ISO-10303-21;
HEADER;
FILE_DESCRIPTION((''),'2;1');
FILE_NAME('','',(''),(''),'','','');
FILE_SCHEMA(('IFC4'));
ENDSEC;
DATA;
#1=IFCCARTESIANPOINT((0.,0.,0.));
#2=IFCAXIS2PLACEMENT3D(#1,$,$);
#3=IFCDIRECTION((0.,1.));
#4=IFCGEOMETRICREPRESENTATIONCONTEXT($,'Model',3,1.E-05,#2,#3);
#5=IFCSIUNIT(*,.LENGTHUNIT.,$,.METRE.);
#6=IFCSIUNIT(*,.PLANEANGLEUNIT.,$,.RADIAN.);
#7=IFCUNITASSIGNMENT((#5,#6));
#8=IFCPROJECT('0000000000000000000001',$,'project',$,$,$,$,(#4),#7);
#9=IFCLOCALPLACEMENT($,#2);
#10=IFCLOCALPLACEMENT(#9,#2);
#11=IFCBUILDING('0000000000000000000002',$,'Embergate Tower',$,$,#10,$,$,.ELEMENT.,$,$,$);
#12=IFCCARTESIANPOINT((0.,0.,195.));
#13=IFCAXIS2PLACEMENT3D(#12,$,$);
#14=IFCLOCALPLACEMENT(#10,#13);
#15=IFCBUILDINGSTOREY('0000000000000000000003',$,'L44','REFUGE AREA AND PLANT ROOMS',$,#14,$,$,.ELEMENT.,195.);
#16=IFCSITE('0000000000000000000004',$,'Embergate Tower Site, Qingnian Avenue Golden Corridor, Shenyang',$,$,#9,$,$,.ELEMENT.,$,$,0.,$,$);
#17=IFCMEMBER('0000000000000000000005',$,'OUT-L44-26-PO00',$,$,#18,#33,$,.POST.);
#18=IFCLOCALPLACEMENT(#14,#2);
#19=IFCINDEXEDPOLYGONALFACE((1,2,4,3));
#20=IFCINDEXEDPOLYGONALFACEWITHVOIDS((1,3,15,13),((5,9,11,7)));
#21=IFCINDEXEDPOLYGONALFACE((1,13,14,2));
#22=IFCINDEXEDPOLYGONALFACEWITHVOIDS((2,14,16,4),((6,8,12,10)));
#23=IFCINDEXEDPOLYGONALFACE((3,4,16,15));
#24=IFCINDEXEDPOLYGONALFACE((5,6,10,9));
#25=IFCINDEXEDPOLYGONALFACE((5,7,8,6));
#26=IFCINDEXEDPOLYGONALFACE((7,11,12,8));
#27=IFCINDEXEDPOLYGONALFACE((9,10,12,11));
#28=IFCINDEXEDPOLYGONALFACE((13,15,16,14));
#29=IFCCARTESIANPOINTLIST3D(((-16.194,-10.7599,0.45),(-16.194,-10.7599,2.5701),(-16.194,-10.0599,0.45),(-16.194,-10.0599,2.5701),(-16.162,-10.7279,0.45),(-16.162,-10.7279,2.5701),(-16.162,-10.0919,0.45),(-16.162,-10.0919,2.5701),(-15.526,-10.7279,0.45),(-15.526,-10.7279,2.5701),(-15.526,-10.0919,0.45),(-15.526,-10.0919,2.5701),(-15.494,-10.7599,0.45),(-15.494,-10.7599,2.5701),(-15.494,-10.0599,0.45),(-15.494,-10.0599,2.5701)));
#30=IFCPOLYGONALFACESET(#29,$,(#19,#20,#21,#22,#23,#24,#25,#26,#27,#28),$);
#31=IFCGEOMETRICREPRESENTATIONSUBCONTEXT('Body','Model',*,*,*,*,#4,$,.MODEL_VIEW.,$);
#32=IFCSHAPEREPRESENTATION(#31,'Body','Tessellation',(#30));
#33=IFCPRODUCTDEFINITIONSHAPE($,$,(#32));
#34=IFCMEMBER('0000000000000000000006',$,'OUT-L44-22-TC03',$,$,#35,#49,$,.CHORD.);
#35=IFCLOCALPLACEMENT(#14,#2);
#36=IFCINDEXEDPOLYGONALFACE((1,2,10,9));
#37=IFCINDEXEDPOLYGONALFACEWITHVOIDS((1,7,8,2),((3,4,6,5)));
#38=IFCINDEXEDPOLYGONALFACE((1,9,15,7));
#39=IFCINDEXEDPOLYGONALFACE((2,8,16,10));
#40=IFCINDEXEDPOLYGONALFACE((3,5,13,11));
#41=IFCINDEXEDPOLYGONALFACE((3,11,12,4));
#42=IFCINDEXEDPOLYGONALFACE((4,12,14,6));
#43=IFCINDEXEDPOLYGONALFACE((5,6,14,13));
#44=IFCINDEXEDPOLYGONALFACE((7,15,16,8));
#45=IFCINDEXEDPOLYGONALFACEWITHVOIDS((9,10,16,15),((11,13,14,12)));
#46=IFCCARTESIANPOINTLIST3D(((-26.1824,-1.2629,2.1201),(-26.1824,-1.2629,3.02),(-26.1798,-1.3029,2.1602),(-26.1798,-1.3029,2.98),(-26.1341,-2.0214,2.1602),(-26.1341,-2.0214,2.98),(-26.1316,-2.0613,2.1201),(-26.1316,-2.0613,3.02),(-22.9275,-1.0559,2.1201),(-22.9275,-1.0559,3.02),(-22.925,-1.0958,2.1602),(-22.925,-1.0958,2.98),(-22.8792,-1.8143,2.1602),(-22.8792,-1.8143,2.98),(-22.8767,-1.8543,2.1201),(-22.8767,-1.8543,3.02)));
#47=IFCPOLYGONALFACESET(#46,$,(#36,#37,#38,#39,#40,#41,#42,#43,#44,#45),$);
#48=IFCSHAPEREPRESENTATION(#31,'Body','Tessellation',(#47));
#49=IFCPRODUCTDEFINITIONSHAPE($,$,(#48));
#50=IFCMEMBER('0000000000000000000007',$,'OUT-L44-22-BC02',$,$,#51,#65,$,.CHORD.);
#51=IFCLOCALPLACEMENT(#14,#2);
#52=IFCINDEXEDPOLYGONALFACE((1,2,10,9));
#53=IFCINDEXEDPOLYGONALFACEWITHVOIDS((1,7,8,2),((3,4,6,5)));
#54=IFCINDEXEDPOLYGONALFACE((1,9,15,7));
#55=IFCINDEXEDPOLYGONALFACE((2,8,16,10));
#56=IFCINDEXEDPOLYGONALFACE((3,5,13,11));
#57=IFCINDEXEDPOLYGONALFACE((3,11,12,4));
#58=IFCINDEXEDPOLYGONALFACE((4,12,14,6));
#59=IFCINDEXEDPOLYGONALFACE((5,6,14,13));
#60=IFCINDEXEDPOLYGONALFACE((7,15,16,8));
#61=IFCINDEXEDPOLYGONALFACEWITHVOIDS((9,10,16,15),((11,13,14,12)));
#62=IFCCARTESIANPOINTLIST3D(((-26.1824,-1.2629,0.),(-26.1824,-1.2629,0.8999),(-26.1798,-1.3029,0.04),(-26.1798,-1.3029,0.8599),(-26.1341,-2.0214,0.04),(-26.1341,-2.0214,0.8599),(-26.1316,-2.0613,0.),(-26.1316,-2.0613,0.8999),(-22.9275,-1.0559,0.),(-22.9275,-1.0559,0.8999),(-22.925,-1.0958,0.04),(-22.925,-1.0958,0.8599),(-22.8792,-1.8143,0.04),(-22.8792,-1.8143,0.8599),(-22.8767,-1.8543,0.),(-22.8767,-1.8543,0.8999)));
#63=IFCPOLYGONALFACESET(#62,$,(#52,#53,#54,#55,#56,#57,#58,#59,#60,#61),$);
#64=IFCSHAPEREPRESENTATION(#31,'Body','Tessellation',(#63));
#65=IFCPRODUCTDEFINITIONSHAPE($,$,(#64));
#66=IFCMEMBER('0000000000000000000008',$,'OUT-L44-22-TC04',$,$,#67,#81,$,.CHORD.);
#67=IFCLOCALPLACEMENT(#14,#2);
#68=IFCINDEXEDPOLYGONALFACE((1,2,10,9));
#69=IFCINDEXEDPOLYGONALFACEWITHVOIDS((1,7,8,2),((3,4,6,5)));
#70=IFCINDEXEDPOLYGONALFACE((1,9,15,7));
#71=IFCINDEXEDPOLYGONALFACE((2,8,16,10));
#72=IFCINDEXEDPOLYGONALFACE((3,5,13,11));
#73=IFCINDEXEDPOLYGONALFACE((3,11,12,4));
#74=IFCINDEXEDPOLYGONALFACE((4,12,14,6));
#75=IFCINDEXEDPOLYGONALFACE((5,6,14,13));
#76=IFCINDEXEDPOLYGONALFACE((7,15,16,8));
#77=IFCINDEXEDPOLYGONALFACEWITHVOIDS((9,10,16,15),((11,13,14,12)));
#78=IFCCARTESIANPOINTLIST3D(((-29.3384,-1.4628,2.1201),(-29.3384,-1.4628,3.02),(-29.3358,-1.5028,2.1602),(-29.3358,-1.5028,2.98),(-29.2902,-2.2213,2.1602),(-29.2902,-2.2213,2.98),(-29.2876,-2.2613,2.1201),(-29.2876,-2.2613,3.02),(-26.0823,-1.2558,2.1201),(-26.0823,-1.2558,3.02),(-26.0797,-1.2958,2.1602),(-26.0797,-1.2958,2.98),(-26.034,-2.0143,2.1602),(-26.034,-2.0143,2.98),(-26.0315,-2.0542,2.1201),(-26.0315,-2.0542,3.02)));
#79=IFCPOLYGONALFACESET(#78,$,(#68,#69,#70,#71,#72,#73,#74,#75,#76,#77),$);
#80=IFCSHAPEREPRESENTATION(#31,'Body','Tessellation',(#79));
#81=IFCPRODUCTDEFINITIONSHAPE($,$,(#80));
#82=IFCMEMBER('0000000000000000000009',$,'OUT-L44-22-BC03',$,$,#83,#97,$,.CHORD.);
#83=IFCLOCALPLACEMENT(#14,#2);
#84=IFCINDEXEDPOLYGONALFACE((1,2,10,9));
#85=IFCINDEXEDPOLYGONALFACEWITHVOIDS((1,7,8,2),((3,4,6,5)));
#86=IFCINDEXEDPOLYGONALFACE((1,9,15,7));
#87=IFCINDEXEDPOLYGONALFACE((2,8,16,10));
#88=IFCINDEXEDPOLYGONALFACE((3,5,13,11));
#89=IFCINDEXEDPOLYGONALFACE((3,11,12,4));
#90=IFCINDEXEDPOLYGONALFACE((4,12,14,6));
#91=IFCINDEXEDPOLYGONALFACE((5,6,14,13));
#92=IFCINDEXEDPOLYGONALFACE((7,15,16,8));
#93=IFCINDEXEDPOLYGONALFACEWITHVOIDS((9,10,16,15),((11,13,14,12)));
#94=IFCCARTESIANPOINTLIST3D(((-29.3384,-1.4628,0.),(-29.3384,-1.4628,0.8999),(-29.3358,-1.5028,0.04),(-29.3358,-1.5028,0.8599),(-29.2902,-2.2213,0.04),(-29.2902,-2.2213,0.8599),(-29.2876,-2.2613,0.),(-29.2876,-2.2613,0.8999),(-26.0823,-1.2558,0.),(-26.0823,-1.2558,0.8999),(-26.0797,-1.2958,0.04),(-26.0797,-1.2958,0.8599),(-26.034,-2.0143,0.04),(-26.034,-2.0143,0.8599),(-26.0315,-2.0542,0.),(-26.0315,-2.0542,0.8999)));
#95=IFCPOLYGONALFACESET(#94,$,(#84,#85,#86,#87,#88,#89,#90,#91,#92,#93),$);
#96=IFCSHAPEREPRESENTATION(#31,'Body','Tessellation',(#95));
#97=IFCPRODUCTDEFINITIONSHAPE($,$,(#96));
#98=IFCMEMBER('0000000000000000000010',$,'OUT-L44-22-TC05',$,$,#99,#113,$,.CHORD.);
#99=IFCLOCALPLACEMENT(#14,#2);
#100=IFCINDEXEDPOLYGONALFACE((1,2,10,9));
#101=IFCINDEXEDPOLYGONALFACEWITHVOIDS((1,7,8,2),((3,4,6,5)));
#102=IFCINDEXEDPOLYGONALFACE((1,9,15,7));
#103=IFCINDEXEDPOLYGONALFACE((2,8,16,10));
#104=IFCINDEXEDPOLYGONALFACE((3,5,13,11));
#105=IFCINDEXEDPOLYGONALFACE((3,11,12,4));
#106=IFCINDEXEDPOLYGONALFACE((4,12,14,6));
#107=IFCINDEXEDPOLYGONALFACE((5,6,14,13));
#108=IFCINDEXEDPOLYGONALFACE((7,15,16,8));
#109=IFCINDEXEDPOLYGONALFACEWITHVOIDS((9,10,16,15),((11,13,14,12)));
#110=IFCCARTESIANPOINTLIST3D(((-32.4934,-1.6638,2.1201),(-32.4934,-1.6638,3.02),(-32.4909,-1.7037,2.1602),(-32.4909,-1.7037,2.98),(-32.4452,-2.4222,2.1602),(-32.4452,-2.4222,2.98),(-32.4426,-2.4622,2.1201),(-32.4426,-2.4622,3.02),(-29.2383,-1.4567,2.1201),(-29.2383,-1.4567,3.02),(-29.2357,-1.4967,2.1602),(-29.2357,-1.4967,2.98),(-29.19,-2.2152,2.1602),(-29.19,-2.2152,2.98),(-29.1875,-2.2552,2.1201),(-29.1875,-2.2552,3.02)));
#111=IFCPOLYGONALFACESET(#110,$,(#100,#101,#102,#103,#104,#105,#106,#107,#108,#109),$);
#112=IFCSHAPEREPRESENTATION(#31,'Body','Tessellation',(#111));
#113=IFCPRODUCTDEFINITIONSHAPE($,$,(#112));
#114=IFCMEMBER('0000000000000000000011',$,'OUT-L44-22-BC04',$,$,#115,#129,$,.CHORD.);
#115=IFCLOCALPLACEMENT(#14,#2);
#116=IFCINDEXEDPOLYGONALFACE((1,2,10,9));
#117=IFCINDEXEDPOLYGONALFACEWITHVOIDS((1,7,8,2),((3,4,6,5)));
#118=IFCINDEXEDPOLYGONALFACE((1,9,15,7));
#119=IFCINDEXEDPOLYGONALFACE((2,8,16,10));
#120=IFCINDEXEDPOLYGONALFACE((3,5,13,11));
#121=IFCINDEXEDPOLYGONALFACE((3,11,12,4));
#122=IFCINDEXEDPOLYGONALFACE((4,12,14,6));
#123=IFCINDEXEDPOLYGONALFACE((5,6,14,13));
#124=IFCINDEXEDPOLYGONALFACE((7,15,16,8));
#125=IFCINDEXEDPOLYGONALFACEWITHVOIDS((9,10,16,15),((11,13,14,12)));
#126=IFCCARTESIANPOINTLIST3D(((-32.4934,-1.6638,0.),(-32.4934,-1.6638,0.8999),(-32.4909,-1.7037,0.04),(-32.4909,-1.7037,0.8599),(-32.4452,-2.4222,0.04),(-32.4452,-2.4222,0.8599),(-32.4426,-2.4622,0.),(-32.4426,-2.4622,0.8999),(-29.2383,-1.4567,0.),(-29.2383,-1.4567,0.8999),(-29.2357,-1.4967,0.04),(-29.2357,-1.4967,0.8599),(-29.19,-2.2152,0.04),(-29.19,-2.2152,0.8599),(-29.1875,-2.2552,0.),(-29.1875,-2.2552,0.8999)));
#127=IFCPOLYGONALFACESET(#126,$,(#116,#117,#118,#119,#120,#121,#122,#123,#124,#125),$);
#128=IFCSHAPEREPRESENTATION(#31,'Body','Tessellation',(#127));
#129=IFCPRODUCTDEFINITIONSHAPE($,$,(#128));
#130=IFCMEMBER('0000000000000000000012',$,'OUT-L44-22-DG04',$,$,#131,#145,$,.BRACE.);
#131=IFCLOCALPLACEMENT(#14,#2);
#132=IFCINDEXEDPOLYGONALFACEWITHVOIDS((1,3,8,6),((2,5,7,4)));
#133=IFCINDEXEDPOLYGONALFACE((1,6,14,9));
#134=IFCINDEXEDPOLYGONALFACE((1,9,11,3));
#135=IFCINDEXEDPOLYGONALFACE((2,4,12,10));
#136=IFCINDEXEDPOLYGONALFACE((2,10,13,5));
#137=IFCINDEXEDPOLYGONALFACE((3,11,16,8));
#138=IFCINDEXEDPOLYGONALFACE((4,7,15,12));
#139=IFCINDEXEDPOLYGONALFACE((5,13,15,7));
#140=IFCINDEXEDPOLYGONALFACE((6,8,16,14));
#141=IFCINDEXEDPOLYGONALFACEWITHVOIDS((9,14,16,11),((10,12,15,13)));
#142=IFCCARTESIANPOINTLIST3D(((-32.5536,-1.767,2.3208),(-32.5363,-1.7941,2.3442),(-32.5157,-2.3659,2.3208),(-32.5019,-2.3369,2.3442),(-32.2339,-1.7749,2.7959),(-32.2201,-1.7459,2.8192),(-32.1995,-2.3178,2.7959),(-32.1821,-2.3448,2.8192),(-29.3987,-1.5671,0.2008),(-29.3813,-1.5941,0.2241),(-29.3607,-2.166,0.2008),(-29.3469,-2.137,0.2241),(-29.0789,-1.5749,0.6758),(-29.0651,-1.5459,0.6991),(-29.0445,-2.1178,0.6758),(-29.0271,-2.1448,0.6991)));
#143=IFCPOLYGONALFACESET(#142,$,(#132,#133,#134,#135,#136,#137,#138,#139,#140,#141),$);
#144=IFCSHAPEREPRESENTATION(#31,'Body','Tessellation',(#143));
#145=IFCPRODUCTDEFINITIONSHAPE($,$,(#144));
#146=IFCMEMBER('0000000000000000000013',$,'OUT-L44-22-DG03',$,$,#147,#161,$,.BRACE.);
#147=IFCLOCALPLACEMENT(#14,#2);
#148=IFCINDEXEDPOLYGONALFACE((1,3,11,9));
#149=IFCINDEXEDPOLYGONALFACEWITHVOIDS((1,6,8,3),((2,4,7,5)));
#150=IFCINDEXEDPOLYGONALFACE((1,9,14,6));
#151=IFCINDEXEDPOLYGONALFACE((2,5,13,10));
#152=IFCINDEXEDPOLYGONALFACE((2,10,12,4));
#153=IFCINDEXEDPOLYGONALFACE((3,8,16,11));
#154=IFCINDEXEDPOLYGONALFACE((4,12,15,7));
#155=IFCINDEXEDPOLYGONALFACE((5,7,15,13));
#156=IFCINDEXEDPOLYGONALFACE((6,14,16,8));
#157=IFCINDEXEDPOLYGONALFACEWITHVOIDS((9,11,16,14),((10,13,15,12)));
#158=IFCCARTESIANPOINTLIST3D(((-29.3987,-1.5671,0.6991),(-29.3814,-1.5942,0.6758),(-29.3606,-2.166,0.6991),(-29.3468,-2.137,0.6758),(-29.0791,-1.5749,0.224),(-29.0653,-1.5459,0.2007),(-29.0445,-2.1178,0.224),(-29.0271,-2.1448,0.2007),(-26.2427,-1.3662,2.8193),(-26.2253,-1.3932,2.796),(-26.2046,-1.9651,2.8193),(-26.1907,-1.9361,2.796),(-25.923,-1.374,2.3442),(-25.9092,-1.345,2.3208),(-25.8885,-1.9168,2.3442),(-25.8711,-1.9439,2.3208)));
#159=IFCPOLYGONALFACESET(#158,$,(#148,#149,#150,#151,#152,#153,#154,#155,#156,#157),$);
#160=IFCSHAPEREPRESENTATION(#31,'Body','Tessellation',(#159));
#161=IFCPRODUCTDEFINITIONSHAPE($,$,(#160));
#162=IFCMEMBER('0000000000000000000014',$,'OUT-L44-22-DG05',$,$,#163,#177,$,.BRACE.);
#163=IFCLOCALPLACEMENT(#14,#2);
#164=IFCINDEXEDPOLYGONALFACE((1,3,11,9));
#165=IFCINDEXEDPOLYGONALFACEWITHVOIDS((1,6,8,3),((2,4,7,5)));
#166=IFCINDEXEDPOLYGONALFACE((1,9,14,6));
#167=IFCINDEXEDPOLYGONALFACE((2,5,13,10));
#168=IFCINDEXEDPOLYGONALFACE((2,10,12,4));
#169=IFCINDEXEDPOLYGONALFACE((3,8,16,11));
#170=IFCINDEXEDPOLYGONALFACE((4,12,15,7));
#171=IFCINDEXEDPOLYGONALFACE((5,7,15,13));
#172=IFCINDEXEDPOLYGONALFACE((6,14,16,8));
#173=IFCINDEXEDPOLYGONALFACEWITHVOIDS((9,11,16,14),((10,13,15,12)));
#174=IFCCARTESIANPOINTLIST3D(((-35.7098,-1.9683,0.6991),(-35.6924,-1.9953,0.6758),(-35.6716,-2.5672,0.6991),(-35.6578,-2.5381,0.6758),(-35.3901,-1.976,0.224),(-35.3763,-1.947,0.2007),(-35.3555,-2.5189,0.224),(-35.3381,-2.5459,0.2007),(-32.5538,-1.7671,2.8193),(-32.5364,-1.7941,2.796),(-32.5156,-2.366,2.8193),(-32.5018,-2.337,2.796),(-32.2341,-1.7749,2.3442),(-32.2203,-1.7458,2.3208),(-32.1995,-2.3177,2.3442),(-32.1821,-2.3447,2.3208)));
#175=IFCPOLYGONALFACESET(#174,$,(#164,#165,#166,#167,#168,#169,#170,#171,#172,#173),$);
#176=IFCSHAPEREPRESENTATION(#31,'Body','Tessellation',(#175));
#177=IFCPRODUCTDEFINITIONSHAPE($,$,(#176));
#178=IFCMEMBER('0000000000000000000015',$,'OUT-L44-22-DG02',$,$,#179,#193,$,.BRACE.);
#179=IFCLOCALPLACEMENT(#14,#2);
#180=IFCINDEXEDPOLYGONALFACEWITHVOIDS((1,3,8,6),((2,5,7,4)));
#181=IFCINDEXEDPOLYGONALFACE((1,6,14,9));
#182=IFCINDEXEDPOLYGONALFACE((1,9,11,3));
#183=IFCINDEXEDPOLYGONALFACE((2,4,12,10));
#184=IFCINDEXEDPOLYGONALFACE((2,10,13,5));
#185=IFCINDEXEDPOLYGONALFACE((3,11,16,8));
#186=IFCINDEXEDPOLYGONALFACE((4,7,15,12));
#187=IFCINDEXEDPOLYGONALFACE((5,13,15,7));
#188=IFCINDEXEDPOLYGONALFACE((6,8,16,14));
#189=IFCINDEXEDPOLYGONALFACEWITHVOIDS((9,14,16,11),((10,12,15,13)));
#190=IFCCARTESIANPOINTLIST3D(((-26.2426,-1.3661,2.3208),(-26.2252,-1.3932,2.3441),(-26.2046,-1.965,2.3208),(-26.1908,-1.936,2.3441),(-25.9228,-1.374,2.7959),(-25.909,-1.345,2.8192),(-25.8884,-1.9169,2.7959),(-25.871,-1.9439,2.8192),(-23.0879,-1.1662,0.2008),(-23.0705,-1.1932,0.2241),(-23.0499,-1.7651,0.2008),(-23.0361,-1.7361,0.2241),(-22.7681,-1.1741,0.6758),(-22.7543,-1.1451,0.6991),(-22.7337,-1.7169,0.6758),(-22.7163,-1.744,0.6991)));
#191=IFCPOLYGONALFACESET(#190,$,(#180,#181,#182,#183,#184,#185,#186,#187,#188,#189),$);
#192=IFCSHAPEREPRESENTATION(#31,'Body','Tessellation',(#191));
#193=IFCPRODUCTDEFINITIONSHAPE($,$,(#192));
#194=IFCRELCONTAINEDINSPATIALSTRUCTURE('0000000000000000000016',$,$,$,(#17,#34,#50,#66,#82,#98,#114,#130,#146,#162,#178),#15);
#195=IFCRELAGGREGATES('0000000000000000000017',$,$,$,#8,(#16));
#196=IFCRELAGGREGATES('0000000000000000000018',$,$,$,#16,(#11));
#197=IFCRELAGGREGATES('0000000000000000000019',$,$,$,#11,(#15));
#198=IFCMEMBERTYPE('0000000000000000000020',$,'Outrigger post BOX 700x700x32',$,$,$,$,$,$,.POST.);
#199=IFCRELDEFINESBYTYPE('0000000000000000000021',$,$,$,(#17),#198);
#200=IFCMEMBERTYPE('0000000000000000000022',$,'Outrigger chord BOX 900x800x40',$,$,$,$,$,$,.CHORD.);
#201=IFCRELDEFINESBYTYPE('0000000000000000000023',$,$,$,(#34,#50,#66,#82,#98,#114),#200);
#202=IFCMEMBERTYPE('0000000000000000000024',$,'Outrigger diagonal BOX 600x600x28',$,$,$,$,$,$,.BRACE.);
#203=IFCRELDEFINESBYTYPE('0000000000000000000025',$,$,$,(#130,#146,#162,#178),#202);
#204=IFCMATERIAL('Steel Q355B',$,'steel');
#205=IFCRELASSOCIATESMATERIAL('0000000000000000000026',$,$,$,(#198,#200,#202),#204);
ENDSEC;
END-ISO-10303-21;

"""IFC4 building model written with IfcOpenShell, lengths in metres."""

from ifc_helpers import new_model, si_unit, direction, frame, origin, origin_2d, place, context, subcontext, project, spatial, hollow_rectangle, extrude, source, transform, mapped, material, material_profile, profile_set, type_object, element, save


model = new_model("IFC4")

# Units and contexts
model_context = context("Model", 3, precision=1e-05, world=origin(), true_north=direction((0.0, 1.0)))
body_context = subcontext(model_context, "Body", "Model", "MODEL_VIEW")
ifc_project = project(units=[si_unit("LENGTHUNIT", "METRE"), si_unit("PLANEANGLEUNIT", "RADIAN")], contexts=[model_context])

# Site, building, storey
site_placement = place(None, origin())
site = spatial("IfcSite", under=ifc_project, at=site_placement, Name="Embergate Tower Site, Qingnian Avenue Golden Corridor, Shenyang", CompositionType="ELEMENT", RefElevation=0.0)
building_placement = place(site_placement, origin())
building = spatial("IfcBuilding", under=site, at=building_placement, Name="Embergate Tower", CompositionType="ELEMENT")
storey_placement = place(building_placement, frame((0.0, 0.0, 195.0)))
storey = spatial("IfcBuildingStorey", under=building, at=storey_placement, Name="L44", Description="REFUGE AREA AND PLANT ROOMS", CompositionType="ELEMENT", Elevation=195.0)

# Members
ifc_material_1 = material(Name="Steel Q355B", Category="steel")
ifc_material_profile_1 = material_profile(ifc_material_1, hollow_rectangle(XDim=0.7, YDim=0.7, WallThickness=0.032, at=origin_2d()), Name="BOX 700x700x32")
ifc_profile_set_1 = profile_set([ifc_material_profile_1], Name="Steel Q355 grade B")
member_type_1 = type_object("IfcMemberType", Name="Outrigger post BOX 700x700x32", PredefinedType="POST", material=ifc_profile_set_1)
shared_shape_1 = source(origin(), body_context, "Body", "SweptSolid", [
    extrude(hollow_rectangle(XDim=0.7, YDim=0.7, WallThickness=0.032, at=origin_2d()), origin(), (0.0, 0.0, 1.0), 2.1201),
])
member_1_placement = place(storey_placement, frame((-15.844, -10.4099, 0.45), z_axis=(0.0, 0.0, 1.0), x_axis=(1.0, 0.0, 0.0)))
element("IfcMember", 1, at=member_1_placement, inside=storey, type_object=member_type_1, Name="OUT-L44-26-PO00", PredefinedType="POST", context=body_context, shape_type="MappedRepresentation", body=[
    mapped(shared_shape_1, transform((0.0, 0.0, 0.0))),
])
ifc_material_profile_2 = material_profile(ifc_material_1, hollow_rectangle(XDim=0.8, YDim=0.8999, WallThickness=0.04, at=origin_2d()), Name="BOX 900x800x40")
ifc_profile_set_2 = profile_set([ifc_material_profile_2], Name="Steel Q355 grade B")
member_type_2 = type_object("IfcMemberType", Name="Outrigger chord BOX 900x800x40", PredefinedType="CHORD", material=ifc_profile_set_2)
shared_shape_2 = source(origin(), body_context, "Body", "SweptSolid", [
    extrude(hollow_rectangle(XDim=0.8, YDim=0.8999, WallThickness=0.04, at=origin_2d()), origin(), (0.0, 0.0, 1.0), 3.2615),
])
for number, where, z_axis, x_axis, name in (
    (2, (-22.9021, -1.4551, 2.5701), (-0.997983, -0.063478, 0.0), (0.063478, -0.997983, 0.0), "OUT-L44-22-TC03"),
    (3, (-22.9021, -1.4551, 0.45), (-0.997983, -0.063478, 0.0), (0.063478, -0.997983, 0.0), "OUT-L44-22-BC02"),
):
    element("IfcMember", number, at=place(storey_placement, frame(where, z_axis=z_axis, x_axis=x_axis)), inside=storey, type_object=member_type_2, Name=name, PredefinedType="CHORD", context=body_context, shape_type="MappedRepresentation", body=[
        mapped(shared_shape_2, transform((0.0, 0.0, 0.0))),
    ])
shared_shape_3 = source(origin(), body_context, "Body", "SweptSolid", [
    extrude(hollow_rectangle(XDim=0.8, YDim=0.8999, WallThickness=0.04, at=origin_2d()), origin(), (0.0, 0.0, 1.0), 3.2627),
])
for number, where, z_axis, x_axis, name in (
    (4, (-26.0569, -1.655, 2.5701), (-0.997985, -0.063454, 0.0), (0.063454, -0.997985, 0.0), "OUT-L44-22-TC04"),
    (5, (-26.0569, -1.655, 0.45), (-0.997985, -0.063454, 0.0), (0.063454, -0.997985, 0.0), "OUT-L44-22-BC03"),
):
    element("IfcMember", number, at=place(storey_placement, frame(where, z_axis=z_axis, x_axis=x_axis)), inside=storey, type_object=member_type_2, Name=name, PredefinedType="CHORD", context=body_context, shape_type="MappedRepresentation", body=[
        mapped(shared_shape_3, transform((0.0, 0.0, 0.0))),
    ])
shared_shape_4 = source(origin(), body_context, "Body", "SweptSolid", [
    extrude(hollow_rectangle(XDim=0.8, YDim=0.8999, WallThickness=0.04, at=origin_2d()), origin(), (0.0, 0.0, 1.0), 3.2617),
])
for number, where, z_axis, x_axis, name in (
    (6, (-29.2129, -1.856, 2.5701), (-0.997984, -0.063473, 0.0), (0.063473, -0.997984, 0.0), "OUT-L44-22-TC05"),
    (7, (-29.2129, -1.856, 0.45), (-0.997984, -0.063473, 0.0), (0.063473, -0.997984, 0.0), "OUT-L44-22-BC04"),
):
    element("IfcMember", number, at=place(storey_placement, frame(where, z_axis=z_axis, x_axis=x_axis)), inside=storey, type_object=member_type_2, Name=name, PredefinedType="CHORD", context=body_context, shape_type="MappedRepresentation", body=[
        mapped(shared_shape_4, transform((0.0, 0.0, 0.0))),
    ])
ifc_material_profile_3 = material_profile(ifc_material_1, hollow_rectangle(XDim=0.6001, YDim=0.6001, WallThickness=0.0281, at=origin_2d()), Name="BOX 600x600x28")
ifc_profile_set_3 = profile_set([ifc_material_profile_3], Name="Steel Q355 grade B")
member_type_3 = type_object("IfcMemberType", Name="Outrigger diagonal BOX 600x600x28", PredefinedType="BRACE", material=ifc_profile_set_3)
shared_shape_5 = source(origin(), body_context, "Body", "SweptSolid", [
    extrude(hollow_rectangle(XDim=0.6001, YDim=0.6001, WallThickness=0.0281, at=origin_2d()), origin(), (0.0, 0.0, 1.0), 3.8064),
])
member_2_placement = place(storey_placement, frame((-29.2129, -1.856, 0.45), z_axis=(-0.828863, -0.05253, 0.55698), x_axis=(0.063248, -0.997998, 0.0)))
element("IfcMember", 8, at=member_2_placement, inside=storey, type_object=member_type_3, Name="OUT-L44-22-DG04", PredefinedType="BRACE", context=body_context, shape_type="MappedRepresentation", body=[
    mapped(shared_shape_5, transform((0.0, 0.0, 0.0))),
])
shared_shape_6 = source(origin(), body_context, "Body", "SweptSolid", [
    extrude(hollow_rectangle(XDim=0.6001, YDim=0.6001, WallThickness=0.0281, at=origin_2d()), origin(), (0.0, 0.0, 1.0), 3.8074),
])
for number, where, z_axis, x_axis, name in (
    (9, (-26.0569, -1.655, 2.5701), (-0.828932, -0.052774, -0.556854), (0.063537, -0.99798, 0.0), "OUT-L44-22-DG03"),
    (10, (-32.3679, -2.0559, 2.5701), (-0.82893, -0.052838, -0.556852), (0.063613, -0.997975, 0.0), "OUT-L44-22-DG05"),
):
    element("IfcMember", number, at=place(storey_placement, frame(where, z_axis=z_axis, x_axis=x_axis)), inside=storey, type_object=member_type_3, Name=name, PredefinedType="BRACE", context=body_context, shape_type="MappedRepresentation", body=[
        mapped(shared_shape_6, transform((0.0, 0.0, 0.0))),
    ])
shared_shape_7 = source(origin(), body_context, "Body", "SweptSolid", [
    extrude(hollow_rectangle(XDim=0.6001, YDim=0.6001, WallThickness=0.0281, at=origin_2d()), origin(), (0.0, 0.0, 1.0), 3.8062),
])
member_3_placement = place(storey_placement, frame((-22.9021, -1.4551, 0.45), z_axis=(-0.828843, -0.052532, 0.557009), x_axis=(0.063253, -0.997998, 0.0)))
element("IfcMember", 11, at=member_3_placement, inside=storey, type_object=member_type_3, Name="OUT-L44-22-DG02", PredefinedType="BRACE", context=body_context, shape_type="MappedRepresentation", body=[
    mapped(shared_shape_7, transform((0.0, 0.0, 0.0))),
])

save(model, "model.ifc")
